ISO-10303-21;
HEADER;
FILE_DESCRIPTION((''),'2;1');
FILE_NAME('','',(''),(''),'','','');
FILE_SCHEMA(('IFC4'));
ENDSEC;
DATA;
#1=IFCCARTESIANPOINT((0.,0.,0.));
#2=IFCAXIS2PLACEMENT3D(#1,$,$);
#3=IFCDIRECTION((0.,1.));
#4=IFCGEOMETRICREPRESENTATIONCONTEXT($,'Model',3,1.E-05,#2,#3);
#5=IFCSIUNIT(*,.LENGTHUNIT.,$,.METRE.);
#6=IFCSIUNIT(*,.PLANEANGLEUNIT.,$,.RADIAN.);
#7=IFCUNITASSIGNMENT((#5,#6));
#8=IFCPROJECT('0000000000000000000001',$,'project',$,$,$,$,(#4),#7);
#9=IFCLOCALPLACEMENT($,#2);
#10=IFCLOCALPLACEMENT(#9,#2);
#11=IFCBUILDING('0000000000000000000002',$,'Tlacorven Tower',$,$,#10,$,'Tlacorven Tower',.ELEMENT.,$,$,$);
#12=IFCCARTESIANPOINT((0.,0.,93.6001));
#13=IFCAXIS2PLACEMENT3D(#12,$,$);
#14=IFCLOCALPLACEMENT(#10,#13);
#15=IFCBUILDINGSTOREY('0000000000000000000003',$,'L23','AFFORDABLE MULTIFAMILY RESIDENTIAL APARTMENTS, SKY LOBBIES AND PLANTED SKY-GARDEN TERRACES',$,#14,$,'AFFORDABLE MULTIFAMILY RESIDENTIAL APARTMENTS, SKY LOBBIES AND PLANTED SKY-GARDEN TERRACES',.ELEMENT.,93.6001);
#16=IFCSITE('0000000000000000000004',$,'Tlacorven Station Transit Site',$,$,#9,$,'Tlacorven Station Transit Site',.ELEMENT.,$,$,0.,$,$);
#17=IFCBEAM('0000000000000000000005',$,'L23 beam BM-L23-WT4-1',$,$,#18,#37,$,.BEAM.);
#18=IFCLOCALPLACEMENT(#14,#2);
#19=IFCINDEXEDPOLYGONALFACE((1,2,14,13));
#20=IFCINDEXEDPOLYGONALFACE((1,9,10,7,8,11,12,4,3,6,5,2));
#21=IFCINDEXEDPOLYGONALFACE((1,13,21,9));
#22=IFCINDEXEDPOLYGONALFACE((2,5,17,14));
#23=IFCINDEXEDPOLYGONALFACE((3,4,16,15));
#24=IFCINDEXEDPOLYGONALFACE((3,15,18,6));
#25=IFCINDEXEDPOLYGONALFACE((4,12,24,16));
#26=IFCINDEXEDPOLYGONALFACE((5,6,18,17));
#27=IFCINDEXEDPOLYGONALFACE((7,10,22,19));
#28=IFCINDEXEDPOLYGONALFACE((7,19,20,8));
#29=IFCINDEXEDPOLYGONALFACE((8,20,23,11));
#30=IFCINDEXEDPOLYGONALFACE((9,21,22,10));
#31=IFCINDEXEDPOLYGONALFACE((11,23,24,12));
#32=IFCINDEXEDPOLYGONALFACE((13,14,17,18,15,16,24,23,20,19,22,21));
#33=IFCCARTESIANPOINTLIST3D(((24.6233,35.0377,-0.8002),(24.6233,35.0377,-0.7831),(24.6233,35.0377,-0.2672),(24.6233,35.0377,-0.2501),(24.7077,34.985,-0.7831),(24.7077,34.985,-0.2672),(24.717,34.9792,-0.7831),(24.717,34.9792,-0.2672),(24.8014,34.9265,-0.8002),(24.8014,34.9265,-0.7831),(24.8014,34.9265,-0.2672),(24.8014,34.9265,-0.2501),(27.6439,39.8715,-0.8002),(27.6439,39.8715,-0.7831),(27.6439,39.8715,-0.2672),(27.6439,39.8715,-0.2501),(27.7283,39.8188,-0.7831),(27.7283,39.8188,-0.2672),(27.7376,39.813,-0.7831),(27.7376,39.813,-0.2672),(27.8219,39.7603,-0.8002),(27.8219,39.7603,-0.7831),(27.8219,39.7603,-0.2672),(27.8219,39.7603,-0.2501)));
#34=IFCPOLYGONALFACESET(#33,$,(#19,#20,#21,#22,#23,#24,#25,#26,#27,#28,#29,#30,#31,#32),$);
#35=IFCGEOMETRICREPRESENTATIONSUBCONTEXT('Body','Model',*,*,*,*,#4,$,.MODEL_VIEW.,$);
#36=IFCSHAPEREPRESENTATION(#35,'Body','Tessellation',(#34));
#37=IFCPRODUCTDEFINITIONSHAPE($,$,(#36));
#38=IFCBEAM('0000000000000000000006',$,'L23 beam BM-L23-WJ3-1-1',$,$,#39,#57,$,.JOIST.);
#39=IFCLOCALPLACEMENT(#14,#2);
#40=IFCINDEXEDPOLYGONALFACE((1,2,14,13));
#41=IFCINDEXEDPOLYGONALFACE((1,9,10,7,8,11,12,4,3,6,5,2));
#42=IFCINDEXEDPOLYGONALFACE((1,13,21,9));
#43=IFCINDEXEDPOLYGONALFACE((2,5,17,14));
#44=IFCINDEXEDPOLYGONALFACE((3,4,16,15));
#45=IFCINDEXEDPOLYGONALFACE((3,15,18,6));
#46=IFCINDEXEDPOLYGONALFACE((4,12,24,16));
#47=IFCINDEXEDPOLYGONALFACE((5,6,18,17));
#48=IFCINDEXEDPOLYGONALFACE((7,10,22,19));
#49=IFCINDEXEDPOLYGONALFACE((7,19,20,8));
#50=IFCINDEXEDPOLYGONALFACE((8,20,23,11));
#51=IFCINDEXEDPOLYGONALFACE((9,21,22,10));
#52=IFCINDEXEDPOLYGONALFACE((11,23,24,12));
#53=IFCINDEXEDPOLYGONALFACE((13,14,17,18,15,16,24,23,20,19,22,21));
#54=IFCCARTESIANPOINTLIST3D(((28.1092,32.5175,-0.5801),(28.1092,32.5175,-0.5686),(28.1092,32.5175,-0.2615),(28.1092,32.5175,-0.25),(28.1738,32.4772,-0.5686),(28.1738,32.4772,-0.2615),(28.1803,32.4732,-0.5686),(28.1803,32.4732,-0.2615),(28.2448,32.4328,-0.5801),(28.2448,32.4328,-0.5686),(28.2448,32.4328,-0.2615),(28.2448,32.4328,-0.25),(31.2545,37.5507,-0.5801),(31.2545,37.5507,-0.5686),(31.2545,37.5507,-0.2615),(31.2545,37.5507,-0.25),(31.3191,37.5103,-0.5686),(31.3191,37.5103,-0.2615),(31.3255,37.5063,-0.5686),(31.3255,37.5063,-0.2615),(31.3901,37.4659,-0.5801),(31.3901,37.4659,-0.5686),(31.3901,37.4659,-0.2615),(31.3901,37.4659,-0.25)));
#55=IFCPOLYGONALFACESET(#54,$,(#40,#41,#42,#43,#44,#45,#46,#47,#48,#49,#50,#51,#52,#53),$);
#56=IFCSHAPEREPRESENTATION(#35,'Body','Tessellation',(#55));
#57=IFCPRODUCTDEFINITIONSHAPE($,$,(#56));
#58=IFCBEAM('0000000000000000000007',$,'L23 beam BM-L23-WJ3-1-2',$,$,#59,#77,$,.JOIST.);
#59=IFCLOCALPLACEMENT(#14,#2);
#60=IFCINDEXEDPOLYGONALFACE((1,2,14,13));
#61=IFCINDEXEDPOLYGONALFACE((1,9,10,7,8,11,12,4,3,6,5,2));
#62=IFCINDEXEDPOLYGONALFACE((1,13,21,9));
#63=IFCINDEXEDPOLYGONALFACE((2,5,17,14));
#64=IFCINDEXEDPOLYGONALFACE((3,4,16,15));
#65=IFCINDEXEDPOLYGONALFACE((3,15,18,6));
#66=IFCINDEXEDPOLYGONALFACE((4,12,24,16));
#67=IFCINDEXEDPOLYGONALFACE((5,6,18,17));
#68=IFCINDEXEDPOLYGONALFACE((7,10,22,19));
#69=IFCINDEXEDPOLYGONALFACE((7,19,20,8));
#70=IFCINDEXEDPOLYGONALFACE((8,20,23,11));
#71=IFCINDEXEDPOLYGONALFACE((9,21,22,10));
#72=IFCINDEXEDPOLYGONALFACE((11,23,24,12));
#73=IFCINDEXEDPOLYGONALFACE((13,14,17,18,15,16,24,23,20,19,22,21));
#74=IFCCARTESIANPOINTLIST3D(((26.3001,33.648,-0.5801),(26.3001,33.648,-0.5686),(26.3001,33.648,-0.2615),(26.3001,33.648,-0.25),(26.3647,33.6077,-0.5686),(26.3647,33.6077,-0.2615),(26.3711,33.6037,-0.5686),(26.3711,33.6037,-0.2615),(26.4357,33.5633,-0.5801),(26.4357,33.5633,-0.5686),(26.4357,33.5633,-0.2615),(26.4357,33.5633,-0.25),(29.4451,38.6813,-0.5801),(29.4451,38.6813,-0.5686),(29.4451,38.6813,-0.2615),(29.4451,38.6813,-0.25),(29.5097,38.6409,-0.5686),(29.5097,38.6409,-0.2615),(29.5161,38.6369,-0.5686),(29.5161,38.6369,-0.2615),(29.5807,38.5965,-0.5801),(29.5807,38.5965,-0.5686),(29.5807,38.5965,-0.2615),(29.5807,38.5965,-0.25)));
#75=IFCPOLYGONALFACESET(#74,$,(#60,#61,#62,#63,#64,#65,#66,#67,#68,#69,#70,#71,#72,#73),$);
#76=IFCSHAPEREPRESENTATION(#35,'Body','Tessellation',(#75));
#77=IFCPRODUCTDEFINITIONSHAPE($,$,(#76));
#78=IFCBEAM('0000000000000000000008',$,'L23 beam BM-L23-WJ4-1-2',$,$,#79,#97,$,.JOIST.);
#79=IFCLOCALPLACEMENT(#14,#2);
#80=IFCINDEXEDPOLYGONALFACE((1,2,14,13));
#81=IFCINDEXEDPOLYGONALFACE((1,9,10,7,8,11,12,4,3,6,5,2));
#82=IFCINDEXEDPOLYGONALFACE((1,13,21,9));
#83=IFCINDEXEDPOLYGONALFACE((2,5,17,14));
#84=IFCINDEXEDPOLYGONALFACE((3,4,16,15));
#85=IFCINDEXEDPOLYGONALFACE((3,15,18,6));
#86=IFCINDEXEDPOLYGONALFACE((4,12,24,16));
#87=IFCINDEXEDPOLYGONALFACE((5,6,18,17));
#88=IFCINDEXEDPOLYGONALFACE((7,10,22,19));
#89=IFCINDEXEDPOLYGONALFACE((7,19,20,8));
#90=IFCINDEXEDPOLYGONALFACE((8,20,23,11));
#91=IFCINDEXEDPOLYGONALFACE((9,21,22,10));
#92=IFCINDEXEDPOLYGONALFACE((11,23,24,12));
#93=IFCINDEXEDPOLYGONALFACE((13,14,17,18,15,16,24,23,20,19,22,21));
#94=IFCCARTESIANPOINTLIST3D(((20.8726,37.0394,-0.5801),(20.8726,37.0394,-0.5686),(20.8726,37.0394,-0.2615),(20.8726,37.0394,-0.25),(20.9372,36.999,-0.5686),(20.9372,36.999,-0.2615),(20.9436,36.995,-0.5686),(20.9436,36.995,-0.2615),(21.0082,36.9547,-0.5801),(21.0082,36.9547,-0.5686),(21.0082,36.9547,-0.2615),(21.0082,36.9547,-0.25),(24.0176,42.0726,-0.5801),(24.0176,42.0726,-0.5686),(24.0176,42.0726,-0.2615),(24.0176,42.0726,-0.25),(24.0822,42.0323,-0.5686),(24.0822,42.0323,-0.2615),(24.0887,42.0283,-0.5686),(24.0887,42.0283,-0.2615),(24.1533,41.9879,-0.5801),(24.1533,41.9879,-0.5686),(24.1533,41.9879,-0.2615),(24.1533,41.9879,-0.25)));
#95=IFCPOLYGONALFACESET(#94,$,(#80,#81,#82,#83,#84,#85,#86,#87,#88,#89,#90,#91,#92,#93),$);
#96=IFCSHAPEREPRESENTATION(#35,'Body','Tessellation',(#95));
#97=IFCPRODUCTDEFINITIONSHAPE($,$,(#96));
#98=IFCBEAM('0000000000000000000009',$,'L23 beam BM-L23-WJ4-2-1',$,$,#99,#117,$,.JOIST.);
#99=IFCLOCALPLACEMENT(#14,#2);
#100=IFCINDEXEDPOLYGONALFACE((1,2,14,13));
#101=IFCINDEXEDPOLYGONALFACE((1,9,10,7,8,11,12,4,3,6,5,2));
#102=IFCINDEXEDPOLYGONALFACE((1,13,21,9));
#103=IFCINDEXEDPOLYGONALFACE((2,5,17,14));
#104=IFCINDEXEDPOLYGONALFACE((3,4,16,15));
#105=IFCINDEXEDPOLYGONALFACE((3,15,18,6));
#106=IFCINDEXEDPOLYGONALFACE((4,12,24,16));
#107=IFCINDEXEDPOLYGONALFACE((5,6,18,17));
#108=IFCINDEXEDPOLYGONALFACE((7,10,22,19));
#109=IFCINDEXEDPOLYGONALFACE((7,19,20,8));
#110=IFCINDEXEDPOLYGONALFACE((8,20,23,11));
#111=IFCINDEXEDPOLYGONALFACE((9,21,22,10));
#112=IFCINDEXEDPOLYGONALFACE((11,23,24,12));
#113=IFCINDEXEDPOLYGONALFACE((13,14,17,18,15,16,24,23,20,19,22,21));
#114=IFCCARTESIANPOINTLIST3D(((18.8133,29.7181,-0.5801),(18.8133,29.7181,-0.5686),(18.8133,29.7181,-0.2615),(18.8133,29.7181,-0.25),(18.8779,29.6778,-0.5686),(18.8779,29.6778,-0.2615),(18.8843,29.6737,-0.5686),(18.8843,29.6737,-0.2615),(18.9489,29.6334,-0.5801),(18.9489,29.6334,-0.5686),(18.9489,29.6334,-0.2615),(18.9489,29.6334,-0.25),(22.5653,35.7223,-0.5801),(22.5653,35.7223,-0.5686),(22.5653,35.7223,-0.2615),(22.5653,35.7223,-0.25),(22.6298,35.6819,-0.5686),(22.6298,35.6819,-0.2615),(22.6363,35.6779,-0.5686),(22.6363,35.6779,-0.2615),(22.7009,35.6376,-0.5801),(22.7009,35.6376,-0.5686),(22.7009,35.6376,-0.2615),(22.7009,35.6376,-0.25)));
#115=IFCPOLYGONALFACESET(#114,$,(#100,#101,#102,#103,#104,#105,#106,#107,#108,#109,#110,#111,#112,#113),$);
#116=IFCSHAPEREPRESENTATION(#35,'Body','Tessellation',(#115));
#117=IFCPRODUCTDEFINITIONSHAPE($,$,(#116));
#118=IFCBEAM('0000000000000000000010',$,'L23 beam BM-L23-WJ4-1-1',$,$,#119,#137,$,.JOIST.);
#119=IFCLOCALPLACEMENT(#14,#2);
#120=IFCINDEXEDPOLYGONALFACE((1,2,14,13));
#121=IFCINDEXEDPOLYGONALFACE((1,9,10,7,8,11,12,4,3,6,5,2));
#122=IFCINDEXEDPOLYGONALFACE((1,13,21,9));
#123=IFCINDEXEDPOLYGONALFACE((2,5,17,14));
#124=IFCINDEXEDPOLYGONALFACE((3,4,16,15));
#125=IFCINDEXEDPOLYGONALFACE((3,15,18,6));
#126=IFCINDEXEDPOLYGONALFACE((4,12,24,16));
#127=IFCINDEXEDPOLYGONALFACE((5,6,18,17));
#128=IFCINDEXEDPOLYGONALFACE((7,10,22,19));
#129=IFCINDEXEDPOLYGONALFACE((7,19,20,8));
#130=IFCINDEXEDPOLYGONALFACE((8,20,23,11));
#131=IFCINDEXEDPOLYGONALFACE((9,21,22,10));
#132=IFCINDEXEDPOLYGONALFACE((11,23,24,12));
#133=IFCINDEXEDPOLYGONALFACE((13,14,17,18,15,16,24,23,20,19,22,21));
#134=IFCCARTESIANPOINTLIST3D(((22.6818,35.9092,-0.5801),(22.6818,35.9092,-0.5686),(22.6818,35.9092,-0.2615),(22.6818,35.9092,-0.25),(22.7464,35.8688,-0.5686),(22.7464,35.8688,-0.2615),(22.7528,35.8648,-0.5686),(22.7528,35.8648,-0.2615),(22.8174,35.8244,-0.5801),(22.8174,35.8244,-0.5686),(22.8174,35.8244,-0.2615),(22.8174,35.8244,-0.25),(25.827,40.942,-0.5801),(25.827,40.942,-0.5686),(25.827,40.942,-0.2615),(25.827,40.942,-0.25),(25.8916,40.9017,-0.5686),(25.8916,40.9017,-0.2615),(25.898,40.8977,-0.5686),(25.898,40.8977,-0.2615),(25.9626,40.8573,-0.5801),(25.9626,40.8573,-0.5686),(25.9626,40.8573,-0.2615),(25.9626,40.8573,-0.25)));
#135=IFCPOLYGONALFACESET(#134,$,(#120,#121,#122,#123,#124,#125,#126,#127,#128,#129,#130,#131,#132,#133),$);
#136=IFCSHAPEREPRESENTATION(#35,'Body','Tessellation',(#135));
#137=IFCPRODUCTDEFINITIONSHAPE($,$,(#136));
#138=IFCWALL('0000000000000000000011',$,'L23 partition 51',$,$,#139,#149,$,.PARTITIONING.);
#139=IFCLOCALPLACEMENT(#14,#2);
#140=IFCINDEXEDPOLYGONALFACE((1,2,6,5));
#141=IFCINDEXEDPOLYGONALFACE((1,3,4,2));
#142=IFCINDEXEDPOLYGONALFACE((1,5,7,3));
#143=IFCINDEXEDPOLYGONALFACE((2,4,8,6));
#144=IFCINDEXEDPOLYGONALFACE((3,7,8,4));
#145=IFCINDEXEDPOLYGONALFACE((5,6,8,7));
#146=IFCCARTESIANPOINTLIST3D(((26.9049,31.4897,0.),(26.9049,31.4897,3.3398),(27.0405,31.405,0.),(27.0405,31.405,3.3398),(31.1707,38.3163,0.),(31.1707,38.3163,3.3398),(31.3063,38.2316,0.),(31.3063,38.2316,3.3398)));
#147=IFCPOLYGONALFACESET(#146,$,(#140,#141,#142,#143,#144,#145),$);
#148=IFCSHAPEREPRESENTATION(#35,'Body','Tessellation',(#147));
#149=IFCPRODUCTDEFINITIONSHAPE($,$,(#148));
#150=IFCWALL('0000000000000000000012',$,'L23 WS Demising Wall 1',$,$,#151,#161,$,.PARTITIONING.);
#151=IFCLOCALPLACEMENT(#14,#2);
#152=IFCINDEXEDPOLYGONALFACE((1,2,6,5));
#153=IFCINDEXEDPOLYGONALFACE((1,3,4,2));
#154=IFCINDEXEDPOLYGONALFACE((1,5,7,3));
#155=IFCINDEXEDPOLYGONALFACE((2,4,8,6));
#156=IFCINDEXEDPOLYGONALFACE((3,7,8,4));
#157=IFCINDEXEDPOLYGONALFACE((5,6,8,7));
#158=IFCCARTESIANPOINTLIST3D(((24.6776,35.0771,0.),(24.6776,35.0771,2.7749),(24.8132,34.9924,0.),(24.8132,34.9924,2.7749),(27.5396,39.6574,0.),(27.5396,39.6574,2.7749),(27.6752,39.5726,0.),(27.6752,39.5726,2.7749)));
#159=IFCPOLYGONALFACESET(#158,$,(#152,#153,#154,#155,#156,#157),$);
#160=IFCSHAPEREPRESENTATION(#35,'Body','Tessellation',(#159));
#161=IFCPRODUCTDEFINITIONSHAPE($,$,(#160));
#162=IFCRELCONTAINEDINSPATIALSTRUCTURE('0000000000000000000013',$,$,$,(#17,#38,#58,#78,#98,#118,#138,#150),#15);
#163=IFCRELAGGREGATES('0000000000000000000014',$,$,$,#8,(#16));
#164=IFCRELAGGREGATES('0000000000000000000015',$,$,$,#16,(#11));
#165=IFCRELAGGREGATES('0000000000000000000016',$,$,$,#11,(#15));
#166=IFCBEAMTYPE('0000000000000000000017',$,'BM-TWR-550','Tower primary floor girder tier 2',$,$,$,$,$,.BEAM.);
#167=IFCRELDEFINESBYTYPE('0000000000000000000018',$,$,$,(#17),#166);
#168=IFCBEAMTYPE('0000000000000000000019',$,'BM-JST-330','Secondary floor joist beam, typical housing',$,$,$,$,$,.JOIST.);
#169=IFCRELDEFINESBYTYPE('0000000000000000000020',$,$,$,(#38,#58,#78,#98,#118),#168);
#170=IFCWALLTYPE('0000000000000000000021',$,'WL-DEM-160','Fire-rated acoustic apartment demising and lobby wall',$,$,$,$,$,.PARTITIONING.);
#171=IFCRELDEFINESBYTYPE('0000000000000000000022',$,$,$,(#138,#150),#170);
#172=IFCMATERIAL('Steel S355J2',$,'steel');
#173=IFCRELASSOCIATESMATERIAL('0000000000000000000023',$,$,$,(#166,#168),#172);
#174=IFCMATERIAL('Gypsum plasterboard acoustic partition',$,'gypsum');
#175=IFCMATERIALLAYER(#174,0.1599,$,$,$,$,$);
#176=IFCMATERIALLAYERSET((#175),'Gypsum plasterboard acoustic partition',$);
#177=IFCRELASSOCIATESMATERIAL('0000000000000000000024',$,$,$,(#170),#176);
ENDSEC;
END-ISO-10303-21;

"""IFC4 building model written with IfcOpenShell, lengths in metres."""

from ifc_helpers import new_model, si_unit, direction, frame, frame_2d, origin, origin_2d, place, context, subcontext, project, spatial, rectangle, i_section, extrude, source, transform, mapped, material, layer, layer_set, material_profile, profile_set, type_object, element, save


model = new_model("IFC4")

# Units and contexts
model_context = context("Model", 3, precision=1e-05, world=origin(), true_north=direction((0.0, 1.0)))
body_context = subcontext(model_context, "Body", "Model", "MODEL_VIEW")
ifc_project = project(units=[si_unit("LENGTHUNIT", "METRE"), si_unit("PLANEANGLEUNIT", "RADIAN")], contexts=[model_context])

# Site, building, storey
site_placement = place(None, origin())
site = spatial("IfcSite", under=ifc_project, at=site_placement, Name="Tlacorven Station Transit Site", LongName="Tlacorven Station Transit Site", CompositionType="ELEMENT", RefElevation=0.0)
building_placement = place(site_placement, origin())
building = spatial("IfcBuilding", under=site, at=building_placement, Name="Tlacorven Tower", LongName="Tlacorven Tower", CompositionType="ELEMENT")
storey_placement = place(building_placement, frame((0.0, 0.0, 93.6001)))
storey = spatial("IfcBuildingStorey", under=building, at=storey_placement, Name="L23", Description="AFFORDABLE MULTIFAMILY RESIDENTIAL APARTMENTS, SKY LOBBIES AND PLANTED SKY-GARDEN TERRACES", LongName="AFFORDABLE MULTIFAMILY RESIDENTIAL APARTMENTS, SKY LOBBIES AND PLANTED SKY-GARDEN TERRACES", CompositionType="ELEMENT", Elevation=93.6001)

# Beams
ifc_material_1 = material(Name="Steel S355J2", Category="steel")
ifc_material_profile_1 = material_profile(ifc_material_1, i_section(OverallWidth=0.21, OverallDepth=0.55, WebThickness=0.011, FlangeThickness=0.0171, at=origin_2d()), Name="IPE 550")
ifc_profile_set_1 = profile_set([ifc_material_profile_1], Name="Steel S355J2")
beam_type_1 = type_object("IfcBeamType", Name="BM-TWR-550", Description="Tower primary floor girder tier 2", PredefinedType="BEAM", material=ifc_profile_set_1)
shared_shape_1 = source(origin(), body_context, "Body", "SweptSolid", [
    extrude(i_section(OverallWidth=0.21, OverallDepth=0.55, WebThickness=0.011, FlangeThickness=0.0171, at=origin_2d()), origin(), (0.0, 0.0, 1.0), 5.7),
])
beam_1_placement = place(storey_placement, frame((27.7329, 39.8159, -0.5251), z_axis=(-0.529926, -0.848044, 0.0), x_axis=(0.848044, -0.529926, 0.0)))
element("IfcBeam", 1, at=beam_1_placement, inside=storey, type_object=beam_type_1, Name="L23 beam BM-L23-WT4-1", PredefinedType="BEAM", context=body_context, shape_type="MappedRepresentation", body=[
    mapped(shared_shape_1, transform((0.0, 0.0, 0.0), scale=1.0)),
])
ifc_material_profile_2 = material_profile(ifc_material_1, i_section(OverallWidth=0.1599, OverallDepth=0.3301, WebThickness=0.0076, FlangeThickness=0.0115, at=origin_2d()), Name="IPE 330")
ifc_profile_set_2 = profile_set([ifc_material_profile_2], Name="Steel S355J2")
beam_type_2 = type_object("IfcBeamType", Name="BM-JST-330", Description="Secondary floor joist beam, typical housing", PredefinedType="JOIST", material=ifc_profile_set_2)
shared_shape_2 = source(origin(), body_context, "Body", "SweptSolid", [
    extrude(i_section(OverallWidth=0.1599, OverallDepth=0.3301, WebThickness=0.0076, FlangeThickness=0.0115, at=origin_2d()), origin(), (0.0, 0.0, 1.0), 5.9351),
])
for number, where, z_axis, x_axis, name in (
    (2, (31.3223, 37.5083, -0.415), (-0.52994, -0.848035, 0.0), (0.848035, -0.52994, 0.0), "L23 beam BM-L23-WJ3-1-1"),
    (3, (29.5129, 38.6389, -0.415), (-0.52991, -0.848054, 0.0), (0.848054, -0.52991, 0.0), "L23 beam BM-L23-WJ3-1-2"),
    (4, (24.0854, 42.0303, -0.415), (-0.52991, -0.848054, 0.0), (0.848054, -0.52991, 0.0), "L23 beam BM-L23-WJ4-1-2"),
):
    element("IfcBeam", number, at=place(storey_placement, frame(where, z_axis=z_axis, x_axis=x_axis)), inside=storey, type_object=beam_type_2, Name=name, PredefinedType="JOIST", context=body_context, shape_type="MappedRepresentation", body=[
        mapped(shared_shape_2, transform((0.0, 0.0, 0.0), scale=1.0)),
    ])
shared_shape_3 = source(origin(), body_context, "Body", "SweptSolid", [
    extrude(i_section(OverallWidth=0.1599, OverallDepth=0.3301, WebThickness=0.0076, FlangeThickness=0.0115, at=origin_2d()), origin(), (0.0, 0.0, 1.0), 7.0801),
])
beam_2_placement = place(storey_placement, frame((22.6331, 35.6799, -0.415), z_axis=(-0.529934, -0.848039, 0.0), x_axis=(0.848039, -0.529934, 0.0)))
element("IfcBeam", 5, at=beam_2_placement, inside=storey, type_object=beam_type_2, Name="L23 beam BM-L23-WJ4-2-1", PredefinedType="JOIST", context=body_context, shape_type="MappedRepresentation", body=[
    mapped(shared_shape_3, transform((0.0, 0.0, 0.0), scale=1.0)),
])
shared_shape_4 = source(origin(), body_context, "Body", "SweptSolid", [
    extrude(i_section(OverallWidth=0.1599, OverallDepth=0.3301, WebThickness=0.0076, FlangeThickness=0.0115, at=origin_2d()), origin(), (0.0, 0.0, 1.0), 5.9348),
])
beam_3_placement = place(storey_placement, frame((25.8948, 40.8997, -0.415), z_axis=(-0.529958, -0.848024, 0.0), x_axis=(0.848024, -0.529958, 0.0)))
element("IfcBeam", 6, at=beam_3_placement, inside=storey, type_object=beam_type_2, Name="L23 beam BM-L23-WJ4-1-1", PredefinedType="JOIST", context=body_context, shape_type="MappedRepresentation", body=[
    mapped(shared_shape_4, transform((0.0, 0.0, 0.0), scale=1.0)),
])

# Walls
ifc_material_2 = material(Name="Gypsum plasterboard acoustic partition", Category="gypsum")
ifc_layer_1 = layer(ifc_material_2, 0.1599)
ifc_layer_set_1 = layer_set([ifc_layer_1], Name="Gypsum plasterboard acoustic partition")
wall_type_1 = type_object("IfcWallType", Name="WL-DEM-160", Description="Fire-rated acoustic apartment demising and lobby wall", PredefinedType="PARTITIONING", material=ifc_layer_set_1)
wall_1_placement = place(storey_placement, frame((31.2385, 38.2739, 0.0), z_axis=(0.0, 0.0, 1.0), x_axis=(-0.529928, -0.848043, 0.0)))
element("IfcWall", 7, at=wall_1_placement, inside=storey, type_object=wall_type_1, Name="L23 partition 51", PredefinedType="PARTITIONING", context=body_context, shape_type="SweptSolid", body=[
    extrude(rectangle(XDim=8.0498, YDim=0.1599, at=frame_2d((4.0249, 0.0))), origin(), (0.0, 0.0, 1.0), 3.3398),
])
wall_2_placement = place(storey_placement, frame((27.6074, 39.615, 0.0), z_axis=(0.0, 0.0, 1.0), x_axis=(-0.529914, -0.848052, 0.0)))
element("IfcWall", 8, at=wall_2_placement, inside=storey, type_object=wall_type_1, Name="L23 WS Demising Wall 1", PredefinedType="PARTITIONING", context=body_context, shape_type="SweptSolid", body=[
    extrude(rectangle(XDim=5.4009, YDim=0.1599, at=frame_2d((2.7004, 0.0))), origin(), (0.0, 0.0, 1.0), 2.7749),
])

save(model, "model.ifc")
